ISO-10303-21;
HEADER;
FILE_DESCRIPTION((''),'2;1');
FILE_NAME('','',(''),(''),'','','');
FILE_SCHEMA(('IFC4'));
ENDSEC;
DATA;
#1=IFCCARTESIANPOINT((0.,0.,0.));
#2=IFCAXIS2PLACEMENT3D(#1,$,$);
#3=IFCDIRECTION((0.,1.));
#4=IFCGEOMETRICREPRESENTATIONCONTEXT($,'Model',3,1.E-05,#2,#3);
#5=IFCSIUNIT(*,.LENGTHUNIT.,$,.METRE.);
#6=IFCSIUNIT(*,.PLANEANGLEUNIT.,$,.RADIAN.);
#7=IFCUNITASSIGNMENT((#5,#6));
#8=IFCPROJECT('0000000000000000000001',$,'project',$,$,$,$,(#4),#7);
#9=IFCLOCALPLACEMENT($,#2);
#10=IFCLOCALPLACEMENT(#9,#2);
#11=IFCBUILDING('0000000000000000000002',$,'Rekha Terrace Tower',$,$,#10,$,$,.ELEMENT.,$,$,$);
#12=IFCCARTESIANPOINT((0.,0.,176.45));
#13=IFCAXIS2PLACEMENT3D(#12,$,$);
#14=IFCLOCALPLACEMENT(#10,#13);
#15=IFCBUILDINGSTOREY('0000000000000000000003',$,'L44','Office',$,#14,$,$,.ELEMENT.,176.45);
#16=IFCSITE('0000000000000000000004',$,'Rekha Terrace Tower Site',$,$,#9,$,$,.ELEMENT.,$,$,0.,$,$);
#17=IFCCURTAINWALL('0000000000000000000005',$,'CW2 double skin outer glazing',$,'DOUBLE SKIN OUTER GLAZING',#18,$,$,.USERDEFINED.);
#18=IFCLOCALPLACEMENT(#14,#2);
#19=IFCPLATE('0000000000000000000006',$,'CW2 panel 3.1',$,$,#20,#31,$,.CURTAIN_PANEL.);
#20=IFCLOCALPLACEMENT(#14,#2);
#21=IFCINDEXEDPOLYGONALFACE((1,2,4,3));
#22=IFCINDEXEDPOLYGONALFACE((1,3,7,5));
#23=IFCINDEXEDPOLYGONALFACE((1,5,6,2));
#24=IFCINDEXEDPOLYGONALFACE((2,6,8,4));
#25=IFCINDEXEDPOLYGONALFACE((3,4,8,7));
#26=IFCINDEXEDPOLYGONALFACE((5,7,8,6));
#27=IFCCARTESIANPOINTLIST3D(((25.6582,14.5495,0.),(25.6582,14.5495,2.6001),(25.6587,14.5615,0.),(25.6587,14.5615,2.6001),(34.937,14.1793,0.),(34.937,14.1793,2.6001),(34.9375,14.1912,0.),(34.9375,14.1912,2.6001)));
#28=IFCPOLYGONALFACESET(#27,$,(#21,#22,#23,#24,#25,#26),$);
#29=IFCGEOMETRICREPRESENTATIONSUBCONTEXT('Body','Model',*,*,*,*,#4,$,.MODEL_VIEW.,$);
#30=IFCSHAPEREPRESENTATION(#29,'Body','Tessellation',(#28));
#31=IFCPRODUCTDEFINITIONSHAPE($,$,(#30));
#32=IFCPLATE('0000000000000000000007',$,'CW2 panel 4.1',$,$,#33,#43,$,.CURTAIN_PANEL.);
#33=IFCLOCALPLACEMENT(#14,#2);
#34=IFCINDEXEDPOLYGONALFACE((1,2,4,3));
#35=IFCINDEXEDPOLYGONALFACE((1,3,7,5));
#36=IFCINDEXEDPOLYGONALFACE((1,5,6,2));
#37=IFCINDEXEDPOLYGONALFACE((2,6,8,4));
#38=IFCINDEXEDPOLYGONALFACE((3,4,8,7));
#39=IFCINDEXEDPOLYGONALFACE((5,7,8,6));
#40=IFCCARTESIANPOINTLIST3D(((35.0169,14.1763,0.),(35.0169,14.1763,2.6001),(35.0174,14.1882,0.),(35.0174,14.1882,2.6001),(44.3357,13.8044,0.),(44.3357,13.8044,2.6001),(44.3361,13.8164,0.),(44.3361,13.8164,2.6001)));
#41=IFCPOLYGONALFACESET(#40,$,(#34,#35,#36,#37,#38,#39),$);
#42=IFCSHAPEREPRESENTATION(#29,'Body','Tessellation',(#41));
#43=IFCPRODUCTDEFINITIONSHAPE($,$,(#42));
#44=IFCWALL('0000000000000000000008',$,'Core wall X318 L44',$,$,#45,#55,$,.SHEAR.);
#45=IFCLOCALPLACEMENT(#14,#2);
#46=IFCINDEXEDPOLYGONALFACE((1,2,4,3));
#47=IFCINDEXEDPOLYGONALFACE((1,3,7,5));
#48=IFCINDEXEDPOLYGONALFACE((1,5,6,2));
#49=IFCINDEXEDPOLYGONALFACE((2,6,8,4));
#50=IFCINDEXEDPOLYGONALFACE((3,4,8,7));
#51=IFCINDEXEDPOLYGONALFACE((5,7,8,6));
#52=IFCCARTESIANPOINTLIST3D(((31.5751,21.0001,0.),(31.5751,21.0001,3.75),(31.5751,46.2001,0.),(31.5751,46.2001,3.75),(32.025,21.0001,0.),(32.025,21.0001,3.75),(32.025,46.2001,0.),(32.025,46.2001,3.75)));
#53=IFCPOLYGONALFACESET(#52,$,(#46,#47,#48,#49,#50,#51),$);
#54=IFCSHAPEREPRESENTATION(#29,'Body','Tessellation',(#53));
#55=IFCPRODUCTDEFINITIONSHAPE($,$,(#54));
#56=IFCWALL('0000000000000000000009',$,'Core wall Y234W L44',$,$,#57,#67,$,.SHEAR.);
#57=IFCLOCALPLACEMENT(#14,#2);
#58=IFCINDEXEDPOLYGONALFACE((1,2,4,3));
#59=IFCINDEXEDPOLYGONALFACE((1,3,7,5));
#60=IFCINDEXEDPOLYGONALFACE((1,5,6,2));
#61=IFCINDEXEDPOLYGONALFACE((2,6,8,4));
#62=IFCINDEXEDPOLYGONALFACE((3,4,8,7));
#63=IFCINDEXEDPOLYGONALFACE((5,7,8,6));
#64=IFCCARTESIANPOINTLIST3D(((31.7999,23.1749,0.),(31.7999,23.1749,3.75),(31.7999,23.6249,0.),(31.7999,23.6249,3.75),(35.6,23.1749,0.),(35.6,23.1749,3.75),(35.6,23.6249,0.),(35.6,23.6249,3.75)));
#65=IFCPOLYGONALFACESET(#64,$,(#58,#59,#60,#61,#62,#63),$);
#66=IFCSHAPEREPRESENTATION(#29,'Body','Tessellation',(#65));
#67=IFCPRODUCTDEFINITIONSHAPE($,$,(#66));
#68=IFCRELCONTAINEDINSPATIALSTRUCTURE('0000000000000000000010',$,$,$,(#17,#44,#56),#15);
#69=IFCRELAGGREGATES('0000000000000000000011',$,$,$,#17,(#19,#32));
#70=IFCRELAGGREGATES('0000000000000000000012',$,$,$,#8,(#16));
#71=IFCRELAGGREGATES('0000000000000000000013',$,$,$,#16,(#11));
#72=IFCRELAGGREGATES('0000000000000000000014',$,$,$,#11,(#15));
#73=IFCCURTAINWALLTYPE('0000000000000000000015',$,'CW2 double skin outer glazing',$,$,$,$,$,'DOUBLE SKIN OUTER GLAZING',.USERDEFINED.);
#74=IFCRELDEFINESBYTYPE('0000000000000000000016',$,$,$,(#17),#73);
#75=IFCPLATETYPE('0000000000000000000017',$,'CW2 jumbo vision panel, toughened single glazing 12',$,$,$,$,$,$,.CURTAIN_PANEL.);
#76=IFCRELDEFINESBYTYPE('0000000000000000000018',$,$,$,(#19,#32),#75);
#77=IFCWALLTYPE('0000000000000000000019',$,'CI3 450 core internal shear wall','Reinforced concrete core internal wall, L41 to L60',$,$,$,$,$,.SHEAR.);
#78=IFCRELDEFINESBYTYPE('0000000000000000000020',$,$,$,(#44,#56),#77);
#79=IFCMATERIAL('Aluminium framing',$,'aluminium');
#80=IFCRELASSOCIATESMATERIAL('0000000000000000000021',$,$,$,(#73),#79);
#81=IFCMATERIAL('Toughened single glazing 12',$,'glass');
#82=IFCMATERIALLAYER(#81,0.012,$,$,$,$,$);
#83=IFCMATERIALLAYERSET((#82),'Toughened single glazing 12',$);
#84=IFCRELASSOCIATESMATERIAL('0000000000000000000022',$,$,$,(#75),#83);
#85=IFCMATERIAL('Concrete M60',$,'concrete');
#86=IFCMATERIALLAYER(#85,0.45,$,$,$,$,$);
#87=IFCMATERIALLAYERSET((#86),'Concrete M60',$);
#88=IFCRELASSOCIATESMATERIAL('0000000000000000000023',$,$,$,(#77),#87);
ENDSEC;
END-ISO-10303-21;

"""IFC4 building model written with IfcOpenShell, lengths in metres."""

from ifc_helpers import new_model, si_unit, direction, frame, frame_2d, origin, origin_2d, place, context, subcontext, project, spatial, rectangle, extrude, material, layer, layer_set, type_object, element, aggregate, save


model = new_model("IFC4")

# Units and contexts
model_context = context("Model", 3, precision=1e-05, world=origin(), true_north=direction((0.0, 1.0)))
body_context = subcontext(model_context, "Body", "Model", "MODEL_VIEW")
ifc_project = project(units=[si_unit("LENGTHUNIT", "METRE"), si_unit("PLANEANGLEUNIT", "RADIAN")], contexts=[model_context])

# Site, building, storey
site_placement = place(None, origin())
site = spatial("IfcSite", under=ifc_project, at=site_placement, Name="Rekha Terrace Tower Site", CompositionType="ELEMENT", RefElevation=0.0)
building_placement = place(site_placement, origin())
building = spatial("IfcBuilding", under=site, at=building_placement, Name="Rekha Terrace Tower", CompositionType="ELEMENT")
storey_placement = place(building_placement, frame((0.0, 0.0, 176.45)))
storey = spatial("IfcBuildingStorey", under=building, at=storey_placement, Name="L44", Description="Office", CompositionType="ELEMENT", Elevation=176.45)

# Shared definitions
ifc_material_1 = material(Name="Concrete M60", Category="concrete")

# Curtain wall
ifc_material_2 = material(Name="Aluminium framing", Category="aluminium")
curtain_wall_type_1 = type_object("IfcCurtainWallType", Name="CW2 double skin outer glazing", ElementType="DOUBLE SKIN OUTER GLAZING", PredefinedType="USERDEFINED", material=ifc_material_2)
curtain_wall_1_placement = place(storey_placement, origin())
curtain_wall_1 = element("IfcCurtainWall", 1, at=curtain_wall_1_placement, inside=storey, type_object=curtain_wall_type_1, Name="CW2 double skin outer glazing", ObjectType="DOUBLE SKIN OUTER GLAZING", PredefinedType="USERDEFINED")

# Plates
ifc_material_3 = material(Name="Toughened single glazing 12", Category="glass")
ifc_layer_1 = layer(ifc_material_3, 0.012)
ifc_layer_set_1 = layer_set([ifc_layer_1], Name="Toughened single glazing 12")
plate_type_1 = type_object("IfcPlateType", Name="CW2 jumbo vision panel, toughened single glazing 12", PredefinedType="CURTAIN_PANEL", material=ifc_layer_set_1)
plate_1_placement = place(storey_placement, frame((30.2979, 14.3704, 0.0), z_axis=(0.0, 0.0, 1.0), x_axis=(0.999205, -0.039872, 0.0)))
plate_1 = element("IfcPlate", 2, at=plate_1_placement, type_object=plate_type_1, Name="CW2 panel 3.1", PredefinedType="CURTAIN_PANEL", context=body_context, shape_type="SweptSolid", body=[
    extrude(rectangle(XDim=9.2861, YDim=0.012, at=origin_2d()), origin(), (0.0, 0.0, 1.0), 2.6001),
])
plate_2_placement = place(storey_placement, frame((39.6765, 13.9963, 0.0), z_axis=(0.0, 0.0, 1.0), x_axis=(0.999205, -0.039872, 0.0)))
plate_2 = element("IfcPlate", 3, at=plate_2_placement, type_object=plate_type_1, Name="CW2 panel 4.1", PredefinedType="CURTAIN_PANEL", context=body_context, shape_type="SweptSolid", body=[
    extrude(rectangle(XDim=9.3262, YDim=0.012, at=origin_2d()), origin(), (0.0, 0.0, 1.0), 2.6001),
])
aggregate(curtain_wall_1, [plate_1, plate_2])

# Walls
ifc_layer_2 = layer(ifc_material_1, 0.45)
ifc_layer_set_2 = layer_set([ifc_layer_2], Name="Concrete M60")
wall_type_1 = type_object("IfcWallType", Name="CI3 450 core internal shear wall", Description="Reinforced concrete core internal wall, L41 to L60", PredefinedType="SHEAR", material=ifc_layer_set_2)
wall_1_placement = place(storey_placement, frame((31.8, 21.0, 0.0), z_axis=(0.0, 0.0, 1.0), x_axis=(0.0, 1.0, 0.0)))
element("IfcWall", 4, at=wall_1_placement, inside=storey, type_object=wall_type_1, Name="Core wall X318 L44", PredefinedType="SHEAR", context=body_context, shape_type="SweptSolid", body=[
    extrude(rectangle(XDim=25.2, YDim=0.45, at=frame_2d((12.6001, 0.0))), origin(), (0.0, 0.0, 1.0), 3.75),
])
wall_2_placement = place(storey_placement, frame((31.8, 23.3999, 0.0), z_axis=(0.0, 0.0, 1.0), x_axis=(1.0, 0.0, 0.0)))
element("IfcWall", 5, at=wall_2_placement, inside=storey, type_object=wall_type_1, Name="Core wall Y234W L44", PredefinedType="SHEAR", context=body_context, shape_type="SweptSolid", body=[
    extrude(rectangle(XDim=3.8, YDim=0.45, at=frame_2d((1.8999, 0.0))), origin(), (0.0, 0.0, 1.0), 3.75),
])

save(model, "model.ifc")
